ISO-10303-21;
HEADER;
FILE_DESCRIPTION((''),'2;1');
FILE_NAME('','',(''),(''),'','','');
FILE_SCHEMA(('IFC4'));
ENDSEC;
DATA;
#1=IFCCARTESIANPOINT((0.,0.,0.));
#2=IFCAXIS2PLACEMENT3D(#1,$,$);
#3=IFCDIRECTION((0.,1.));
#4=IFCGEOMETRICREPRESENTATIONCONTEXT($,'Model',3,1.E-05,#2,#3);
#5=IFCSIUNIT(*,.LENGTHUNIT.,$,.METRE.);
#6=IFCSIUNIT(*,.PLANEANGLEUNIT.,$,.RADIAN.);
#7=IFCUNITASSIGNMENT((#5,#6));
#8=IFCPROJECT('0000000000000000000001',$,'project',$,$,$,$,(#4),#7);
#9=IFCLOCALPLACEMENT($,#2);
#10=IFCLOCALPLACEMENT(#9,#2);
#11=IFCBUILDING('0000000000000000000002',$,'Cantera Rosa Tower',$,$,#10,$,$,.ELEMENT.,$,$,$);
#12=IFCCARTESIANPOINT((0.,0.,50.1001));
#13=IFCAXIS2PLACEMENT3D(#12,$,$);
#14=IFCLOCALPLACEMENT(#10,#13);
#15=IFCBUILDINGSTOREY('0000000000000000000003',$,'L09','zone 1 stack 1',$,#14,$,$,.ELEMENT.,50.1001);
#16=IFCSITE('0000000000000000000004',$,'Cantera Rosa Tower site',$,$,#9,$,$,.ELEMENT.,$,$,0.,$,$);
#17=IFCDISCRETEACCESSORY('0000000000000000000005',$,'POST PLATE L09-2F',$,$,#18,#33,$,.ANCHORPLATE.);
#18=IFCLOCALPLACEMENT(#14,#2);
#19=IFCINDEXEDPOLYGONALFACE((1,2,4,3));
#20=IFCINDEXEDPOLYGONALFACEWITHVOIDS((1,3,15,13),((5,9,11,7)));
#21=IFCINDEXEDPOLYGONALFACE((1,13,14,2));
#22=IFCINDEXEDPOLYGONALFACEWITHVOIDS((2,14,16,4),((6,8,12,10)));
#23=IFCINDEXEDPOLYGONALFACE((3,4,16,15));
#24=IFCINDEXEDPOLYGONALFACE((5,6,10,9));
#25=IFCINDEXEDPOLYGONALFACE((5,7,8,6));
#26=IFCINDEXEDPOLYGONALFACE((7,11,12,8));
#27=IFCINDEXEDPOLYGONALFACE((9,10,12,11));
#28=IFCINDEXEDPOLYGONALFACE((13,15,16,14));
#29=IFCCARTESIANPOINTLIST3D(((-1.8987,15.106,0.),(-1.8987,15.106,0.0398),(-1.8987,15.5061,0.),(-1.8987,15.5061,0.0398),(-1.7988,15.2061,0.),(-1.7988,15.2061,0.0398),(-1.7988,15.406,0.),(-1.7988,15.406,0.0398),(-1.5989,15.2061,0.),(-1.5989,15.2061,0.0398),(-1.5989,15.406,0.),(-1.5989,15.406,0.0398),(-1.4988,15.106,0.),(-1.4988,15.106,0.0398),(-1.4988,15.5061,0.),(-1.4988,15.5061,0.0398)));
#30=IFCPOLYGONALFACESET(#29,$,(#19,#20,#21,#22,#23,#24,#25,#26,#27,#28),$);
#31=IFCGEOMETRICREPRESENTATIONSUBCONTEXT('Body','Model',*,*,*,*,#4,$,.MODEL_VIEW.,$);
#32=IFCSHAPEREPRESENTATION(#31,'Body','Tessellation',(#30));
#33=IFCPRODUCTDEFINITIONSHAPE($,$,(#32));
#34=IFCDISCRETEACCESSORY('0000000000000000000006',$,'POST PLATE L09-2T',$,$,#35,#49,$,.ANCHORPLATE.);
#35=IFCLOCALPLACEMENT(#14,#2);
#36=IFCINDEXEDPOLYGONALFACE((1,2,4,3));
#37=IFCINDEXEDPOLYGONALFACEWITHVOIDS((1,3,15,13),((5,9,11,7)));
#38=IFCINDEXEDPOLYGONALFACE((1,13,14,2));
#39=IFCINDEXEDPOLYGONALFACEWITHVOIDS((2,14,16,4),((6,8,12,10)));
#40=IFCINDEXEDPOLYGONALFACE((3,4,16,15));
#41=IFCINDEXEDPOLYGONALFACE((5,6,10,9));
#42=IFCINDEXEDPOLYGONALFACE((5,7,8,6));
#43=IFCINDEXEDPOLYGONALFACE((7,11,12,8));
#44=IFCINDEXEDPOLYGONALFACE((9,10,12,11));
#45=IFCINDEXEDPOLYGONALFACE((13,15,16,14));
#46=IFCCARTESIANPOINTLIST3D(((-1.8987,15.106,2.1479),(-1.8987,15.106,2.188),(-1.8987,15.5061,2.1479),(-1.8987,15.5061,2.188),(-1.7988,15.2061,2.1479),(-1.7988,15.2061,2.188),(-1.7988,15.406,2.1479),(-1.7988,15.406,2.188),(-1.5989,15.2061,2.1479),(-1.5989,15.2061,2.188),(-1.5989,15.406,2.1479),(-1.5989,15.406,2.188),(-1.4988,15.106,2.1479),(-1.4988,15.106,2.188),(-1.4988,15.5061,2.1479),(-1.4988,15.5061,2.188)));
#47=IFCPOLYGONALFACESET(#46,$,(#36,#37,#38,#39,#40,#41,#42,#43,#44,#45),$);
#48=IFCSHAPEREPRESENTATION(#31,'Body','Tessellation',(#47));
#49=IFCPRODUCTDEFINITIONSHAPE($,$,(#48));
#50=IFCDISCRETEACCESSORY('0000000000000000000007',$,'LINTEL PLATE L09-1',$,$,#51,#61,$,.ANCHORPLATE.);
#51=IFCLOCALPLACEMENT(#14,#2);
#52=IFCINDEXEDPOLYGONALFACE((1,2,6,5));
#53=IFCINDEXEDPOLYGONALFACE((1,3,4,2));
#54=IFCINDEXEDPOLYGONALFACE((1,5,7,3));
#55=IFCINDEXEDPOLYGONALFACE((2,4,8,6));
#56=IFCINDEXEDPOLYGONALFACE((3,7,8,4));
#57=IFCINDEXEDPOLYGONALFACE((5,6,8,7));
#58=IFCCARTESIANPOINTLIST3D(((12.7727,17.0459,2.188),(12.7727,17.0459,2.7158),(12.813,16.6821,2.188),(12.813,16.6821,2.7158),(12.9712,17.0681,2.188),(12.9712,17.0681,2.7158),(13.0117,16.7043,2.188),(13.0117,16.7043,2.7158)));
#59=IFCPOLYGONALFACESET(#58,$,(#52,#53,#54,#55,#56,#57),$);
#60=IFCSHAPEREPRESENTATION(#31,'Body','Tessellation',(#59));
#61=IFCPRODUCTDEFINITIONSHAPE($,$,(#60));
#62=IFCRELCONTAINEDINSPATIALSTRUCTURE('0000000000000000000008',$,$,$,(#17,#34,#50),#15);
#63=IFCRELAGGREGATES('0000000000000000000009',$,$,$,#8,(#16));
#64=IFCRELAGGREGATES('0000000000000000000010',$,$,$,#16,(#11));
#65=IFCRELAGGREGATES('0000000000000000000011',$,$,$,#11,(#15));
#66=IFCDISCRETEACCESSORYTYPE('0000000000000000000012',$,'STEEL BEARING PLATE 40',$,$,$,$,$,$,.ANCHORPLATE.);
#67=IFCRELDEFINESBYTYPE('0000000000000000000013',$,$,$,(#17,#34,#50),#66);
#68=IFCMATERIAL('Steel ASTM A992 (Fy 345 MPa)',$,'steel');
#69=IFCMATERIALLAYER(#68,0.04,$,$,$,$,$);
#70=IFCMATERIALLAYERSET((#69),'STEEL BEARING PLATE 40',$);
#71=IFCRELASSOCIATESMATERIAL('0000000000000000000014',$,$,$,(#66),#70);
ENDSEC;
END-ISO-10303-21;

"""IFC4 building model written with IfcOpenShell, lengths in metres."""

from ifc_helpers import new_model, si_unit, direction, frame, origin, place, context, subcontext, project, spatial, polyline, outline, extrude, material, layer, layer_set, type_object, element, save


model = new_model("IFC4")

# Units and contexts
model_context = context("Model", 3, precision=1e-05, world=origin(), true_north=direction((0.0, 1.0)))
body_context = subcontext(model_context, "Body", "Model", "MODEL_VIEW")
ifc_project = project(units=[si_unit("LENGTHUNIT", "METRE"), si_unit("PLANEANGLEUNIT", "RADIAN")], contexts=[model_context])

# Site, building, storey
site_placement = place(None, origin())
site = spatial("IfcSite", under=ifc_project, at=site_placement, Name="Cantera Rosa Tower site", CompositionType="ELEMENT", RefElevation=0.0)
building_placement = place(site_placement, origin())
building = spatial("IfcBuilding", under=site, at=building_placement, Name="Cantera Rosa Tower", CompositionType="ELEMENT")
storey_placement = place(building_placement, frame((0.0, 0.0, 50.1001)))
storey = spatial("IfcBuildingStorey", under=building, at=storey_placement, Name="L09", Description="zone 1 stack 1", CompositionType="ELEMENT", Elevation=50.1001)

# Discrete accessories
ifc_material_1 = material(Name="Steel ASTM A992 (Fy 345 MPa)", Category="steel")
ifc_layer_1 = layer(ifc_material_1, 0.04)
ifc_layer_set_1 = layer_set([ifc_layer_1], Name="STEEL BEARING PLATE 40")
discrete_accessory_type = type_object("IfcDiscreteAccessoryType", Name="STEEL BEARING PLATE 40", PredefinedType="ANCHORPLATE", material=ifc_layer_set_1)
discrete_accessory_1_placement = place(storey_placement, origin())
element("IfcDiscreteAccessory", 1, at=discrete_accessory_1_placement, inside=storey, type_object=discrete_accessory_type, Name="POST PLATE L09-2F", PredefinedType="ANCHORPLATE", context=body_context, shape_type="SweptSolid", body=[
    extrude(outline(polyline([(-1.8987, 15.106), (-1.4988, 15.106), (-1.4988, 15.5061), (-1.8987, 15.5061), (-1.8987, 15.106)]), holes=[polyline([(-1.7988, 15.2061), (-1.5989, 15.2061), (-1.5989, 15.406), (-1.7988, 15.406), (-1.7988, 15.2061)])]), origin(), (0.0, 0.0, 1.0), 0.0398),
])
discrete_accessory_2_placement = place(storey_placement, frame((0.0, 0.0, 2.1479)))
element("IfcDiscreteAccessory", 2, at=discrete_accessory_2_placement, inside=storey, type_object=discrete_accessory_type, Name="POST PLATE L09-2T", PredefinedType="ANCHORPLATE", context=body_context, shape_type="SweptSolid", body=[
    extrude(outline(polyline([(-1.8987, 15.106), (-1.4988, 15.106), (-1.4988, 15.5061), (-1.8987, 15.5061), (-1.8987, 15.106)]), holes=[polyline([(-1.7988, 15.2061), (-1.5989, 15.2061), (-1.5989, 15.406), (-1.7988, 15.406), (-1.7988, 15.2061)])]), origin(), (0.0, 0.0, 1.0), 0.04),
])
discrete_accessory_3_placement = place(storey_placement, frame((0.0, 0.0, 2.188)))
element("IfcDiscreteAccessory", 3, at=discrete_accessory_3_placement, inside=storey, type_object=discrete_accessory_type, Name="LINTEL PLATE L09-1", PredefinedType="ANCHORPLATE", context=body_context, shape_type="SweptSolid", body=[
    extrude(outline(polyline([(12.813, 16.6821), (13.0117, 16.7043), (12.9712, 17.0681), (12.7727, 17.0459), (12.813, 16.6821)])), origin(), (0.0, 0.0, 1.0), 0.5278),
])

save(model, "model.ifc")
